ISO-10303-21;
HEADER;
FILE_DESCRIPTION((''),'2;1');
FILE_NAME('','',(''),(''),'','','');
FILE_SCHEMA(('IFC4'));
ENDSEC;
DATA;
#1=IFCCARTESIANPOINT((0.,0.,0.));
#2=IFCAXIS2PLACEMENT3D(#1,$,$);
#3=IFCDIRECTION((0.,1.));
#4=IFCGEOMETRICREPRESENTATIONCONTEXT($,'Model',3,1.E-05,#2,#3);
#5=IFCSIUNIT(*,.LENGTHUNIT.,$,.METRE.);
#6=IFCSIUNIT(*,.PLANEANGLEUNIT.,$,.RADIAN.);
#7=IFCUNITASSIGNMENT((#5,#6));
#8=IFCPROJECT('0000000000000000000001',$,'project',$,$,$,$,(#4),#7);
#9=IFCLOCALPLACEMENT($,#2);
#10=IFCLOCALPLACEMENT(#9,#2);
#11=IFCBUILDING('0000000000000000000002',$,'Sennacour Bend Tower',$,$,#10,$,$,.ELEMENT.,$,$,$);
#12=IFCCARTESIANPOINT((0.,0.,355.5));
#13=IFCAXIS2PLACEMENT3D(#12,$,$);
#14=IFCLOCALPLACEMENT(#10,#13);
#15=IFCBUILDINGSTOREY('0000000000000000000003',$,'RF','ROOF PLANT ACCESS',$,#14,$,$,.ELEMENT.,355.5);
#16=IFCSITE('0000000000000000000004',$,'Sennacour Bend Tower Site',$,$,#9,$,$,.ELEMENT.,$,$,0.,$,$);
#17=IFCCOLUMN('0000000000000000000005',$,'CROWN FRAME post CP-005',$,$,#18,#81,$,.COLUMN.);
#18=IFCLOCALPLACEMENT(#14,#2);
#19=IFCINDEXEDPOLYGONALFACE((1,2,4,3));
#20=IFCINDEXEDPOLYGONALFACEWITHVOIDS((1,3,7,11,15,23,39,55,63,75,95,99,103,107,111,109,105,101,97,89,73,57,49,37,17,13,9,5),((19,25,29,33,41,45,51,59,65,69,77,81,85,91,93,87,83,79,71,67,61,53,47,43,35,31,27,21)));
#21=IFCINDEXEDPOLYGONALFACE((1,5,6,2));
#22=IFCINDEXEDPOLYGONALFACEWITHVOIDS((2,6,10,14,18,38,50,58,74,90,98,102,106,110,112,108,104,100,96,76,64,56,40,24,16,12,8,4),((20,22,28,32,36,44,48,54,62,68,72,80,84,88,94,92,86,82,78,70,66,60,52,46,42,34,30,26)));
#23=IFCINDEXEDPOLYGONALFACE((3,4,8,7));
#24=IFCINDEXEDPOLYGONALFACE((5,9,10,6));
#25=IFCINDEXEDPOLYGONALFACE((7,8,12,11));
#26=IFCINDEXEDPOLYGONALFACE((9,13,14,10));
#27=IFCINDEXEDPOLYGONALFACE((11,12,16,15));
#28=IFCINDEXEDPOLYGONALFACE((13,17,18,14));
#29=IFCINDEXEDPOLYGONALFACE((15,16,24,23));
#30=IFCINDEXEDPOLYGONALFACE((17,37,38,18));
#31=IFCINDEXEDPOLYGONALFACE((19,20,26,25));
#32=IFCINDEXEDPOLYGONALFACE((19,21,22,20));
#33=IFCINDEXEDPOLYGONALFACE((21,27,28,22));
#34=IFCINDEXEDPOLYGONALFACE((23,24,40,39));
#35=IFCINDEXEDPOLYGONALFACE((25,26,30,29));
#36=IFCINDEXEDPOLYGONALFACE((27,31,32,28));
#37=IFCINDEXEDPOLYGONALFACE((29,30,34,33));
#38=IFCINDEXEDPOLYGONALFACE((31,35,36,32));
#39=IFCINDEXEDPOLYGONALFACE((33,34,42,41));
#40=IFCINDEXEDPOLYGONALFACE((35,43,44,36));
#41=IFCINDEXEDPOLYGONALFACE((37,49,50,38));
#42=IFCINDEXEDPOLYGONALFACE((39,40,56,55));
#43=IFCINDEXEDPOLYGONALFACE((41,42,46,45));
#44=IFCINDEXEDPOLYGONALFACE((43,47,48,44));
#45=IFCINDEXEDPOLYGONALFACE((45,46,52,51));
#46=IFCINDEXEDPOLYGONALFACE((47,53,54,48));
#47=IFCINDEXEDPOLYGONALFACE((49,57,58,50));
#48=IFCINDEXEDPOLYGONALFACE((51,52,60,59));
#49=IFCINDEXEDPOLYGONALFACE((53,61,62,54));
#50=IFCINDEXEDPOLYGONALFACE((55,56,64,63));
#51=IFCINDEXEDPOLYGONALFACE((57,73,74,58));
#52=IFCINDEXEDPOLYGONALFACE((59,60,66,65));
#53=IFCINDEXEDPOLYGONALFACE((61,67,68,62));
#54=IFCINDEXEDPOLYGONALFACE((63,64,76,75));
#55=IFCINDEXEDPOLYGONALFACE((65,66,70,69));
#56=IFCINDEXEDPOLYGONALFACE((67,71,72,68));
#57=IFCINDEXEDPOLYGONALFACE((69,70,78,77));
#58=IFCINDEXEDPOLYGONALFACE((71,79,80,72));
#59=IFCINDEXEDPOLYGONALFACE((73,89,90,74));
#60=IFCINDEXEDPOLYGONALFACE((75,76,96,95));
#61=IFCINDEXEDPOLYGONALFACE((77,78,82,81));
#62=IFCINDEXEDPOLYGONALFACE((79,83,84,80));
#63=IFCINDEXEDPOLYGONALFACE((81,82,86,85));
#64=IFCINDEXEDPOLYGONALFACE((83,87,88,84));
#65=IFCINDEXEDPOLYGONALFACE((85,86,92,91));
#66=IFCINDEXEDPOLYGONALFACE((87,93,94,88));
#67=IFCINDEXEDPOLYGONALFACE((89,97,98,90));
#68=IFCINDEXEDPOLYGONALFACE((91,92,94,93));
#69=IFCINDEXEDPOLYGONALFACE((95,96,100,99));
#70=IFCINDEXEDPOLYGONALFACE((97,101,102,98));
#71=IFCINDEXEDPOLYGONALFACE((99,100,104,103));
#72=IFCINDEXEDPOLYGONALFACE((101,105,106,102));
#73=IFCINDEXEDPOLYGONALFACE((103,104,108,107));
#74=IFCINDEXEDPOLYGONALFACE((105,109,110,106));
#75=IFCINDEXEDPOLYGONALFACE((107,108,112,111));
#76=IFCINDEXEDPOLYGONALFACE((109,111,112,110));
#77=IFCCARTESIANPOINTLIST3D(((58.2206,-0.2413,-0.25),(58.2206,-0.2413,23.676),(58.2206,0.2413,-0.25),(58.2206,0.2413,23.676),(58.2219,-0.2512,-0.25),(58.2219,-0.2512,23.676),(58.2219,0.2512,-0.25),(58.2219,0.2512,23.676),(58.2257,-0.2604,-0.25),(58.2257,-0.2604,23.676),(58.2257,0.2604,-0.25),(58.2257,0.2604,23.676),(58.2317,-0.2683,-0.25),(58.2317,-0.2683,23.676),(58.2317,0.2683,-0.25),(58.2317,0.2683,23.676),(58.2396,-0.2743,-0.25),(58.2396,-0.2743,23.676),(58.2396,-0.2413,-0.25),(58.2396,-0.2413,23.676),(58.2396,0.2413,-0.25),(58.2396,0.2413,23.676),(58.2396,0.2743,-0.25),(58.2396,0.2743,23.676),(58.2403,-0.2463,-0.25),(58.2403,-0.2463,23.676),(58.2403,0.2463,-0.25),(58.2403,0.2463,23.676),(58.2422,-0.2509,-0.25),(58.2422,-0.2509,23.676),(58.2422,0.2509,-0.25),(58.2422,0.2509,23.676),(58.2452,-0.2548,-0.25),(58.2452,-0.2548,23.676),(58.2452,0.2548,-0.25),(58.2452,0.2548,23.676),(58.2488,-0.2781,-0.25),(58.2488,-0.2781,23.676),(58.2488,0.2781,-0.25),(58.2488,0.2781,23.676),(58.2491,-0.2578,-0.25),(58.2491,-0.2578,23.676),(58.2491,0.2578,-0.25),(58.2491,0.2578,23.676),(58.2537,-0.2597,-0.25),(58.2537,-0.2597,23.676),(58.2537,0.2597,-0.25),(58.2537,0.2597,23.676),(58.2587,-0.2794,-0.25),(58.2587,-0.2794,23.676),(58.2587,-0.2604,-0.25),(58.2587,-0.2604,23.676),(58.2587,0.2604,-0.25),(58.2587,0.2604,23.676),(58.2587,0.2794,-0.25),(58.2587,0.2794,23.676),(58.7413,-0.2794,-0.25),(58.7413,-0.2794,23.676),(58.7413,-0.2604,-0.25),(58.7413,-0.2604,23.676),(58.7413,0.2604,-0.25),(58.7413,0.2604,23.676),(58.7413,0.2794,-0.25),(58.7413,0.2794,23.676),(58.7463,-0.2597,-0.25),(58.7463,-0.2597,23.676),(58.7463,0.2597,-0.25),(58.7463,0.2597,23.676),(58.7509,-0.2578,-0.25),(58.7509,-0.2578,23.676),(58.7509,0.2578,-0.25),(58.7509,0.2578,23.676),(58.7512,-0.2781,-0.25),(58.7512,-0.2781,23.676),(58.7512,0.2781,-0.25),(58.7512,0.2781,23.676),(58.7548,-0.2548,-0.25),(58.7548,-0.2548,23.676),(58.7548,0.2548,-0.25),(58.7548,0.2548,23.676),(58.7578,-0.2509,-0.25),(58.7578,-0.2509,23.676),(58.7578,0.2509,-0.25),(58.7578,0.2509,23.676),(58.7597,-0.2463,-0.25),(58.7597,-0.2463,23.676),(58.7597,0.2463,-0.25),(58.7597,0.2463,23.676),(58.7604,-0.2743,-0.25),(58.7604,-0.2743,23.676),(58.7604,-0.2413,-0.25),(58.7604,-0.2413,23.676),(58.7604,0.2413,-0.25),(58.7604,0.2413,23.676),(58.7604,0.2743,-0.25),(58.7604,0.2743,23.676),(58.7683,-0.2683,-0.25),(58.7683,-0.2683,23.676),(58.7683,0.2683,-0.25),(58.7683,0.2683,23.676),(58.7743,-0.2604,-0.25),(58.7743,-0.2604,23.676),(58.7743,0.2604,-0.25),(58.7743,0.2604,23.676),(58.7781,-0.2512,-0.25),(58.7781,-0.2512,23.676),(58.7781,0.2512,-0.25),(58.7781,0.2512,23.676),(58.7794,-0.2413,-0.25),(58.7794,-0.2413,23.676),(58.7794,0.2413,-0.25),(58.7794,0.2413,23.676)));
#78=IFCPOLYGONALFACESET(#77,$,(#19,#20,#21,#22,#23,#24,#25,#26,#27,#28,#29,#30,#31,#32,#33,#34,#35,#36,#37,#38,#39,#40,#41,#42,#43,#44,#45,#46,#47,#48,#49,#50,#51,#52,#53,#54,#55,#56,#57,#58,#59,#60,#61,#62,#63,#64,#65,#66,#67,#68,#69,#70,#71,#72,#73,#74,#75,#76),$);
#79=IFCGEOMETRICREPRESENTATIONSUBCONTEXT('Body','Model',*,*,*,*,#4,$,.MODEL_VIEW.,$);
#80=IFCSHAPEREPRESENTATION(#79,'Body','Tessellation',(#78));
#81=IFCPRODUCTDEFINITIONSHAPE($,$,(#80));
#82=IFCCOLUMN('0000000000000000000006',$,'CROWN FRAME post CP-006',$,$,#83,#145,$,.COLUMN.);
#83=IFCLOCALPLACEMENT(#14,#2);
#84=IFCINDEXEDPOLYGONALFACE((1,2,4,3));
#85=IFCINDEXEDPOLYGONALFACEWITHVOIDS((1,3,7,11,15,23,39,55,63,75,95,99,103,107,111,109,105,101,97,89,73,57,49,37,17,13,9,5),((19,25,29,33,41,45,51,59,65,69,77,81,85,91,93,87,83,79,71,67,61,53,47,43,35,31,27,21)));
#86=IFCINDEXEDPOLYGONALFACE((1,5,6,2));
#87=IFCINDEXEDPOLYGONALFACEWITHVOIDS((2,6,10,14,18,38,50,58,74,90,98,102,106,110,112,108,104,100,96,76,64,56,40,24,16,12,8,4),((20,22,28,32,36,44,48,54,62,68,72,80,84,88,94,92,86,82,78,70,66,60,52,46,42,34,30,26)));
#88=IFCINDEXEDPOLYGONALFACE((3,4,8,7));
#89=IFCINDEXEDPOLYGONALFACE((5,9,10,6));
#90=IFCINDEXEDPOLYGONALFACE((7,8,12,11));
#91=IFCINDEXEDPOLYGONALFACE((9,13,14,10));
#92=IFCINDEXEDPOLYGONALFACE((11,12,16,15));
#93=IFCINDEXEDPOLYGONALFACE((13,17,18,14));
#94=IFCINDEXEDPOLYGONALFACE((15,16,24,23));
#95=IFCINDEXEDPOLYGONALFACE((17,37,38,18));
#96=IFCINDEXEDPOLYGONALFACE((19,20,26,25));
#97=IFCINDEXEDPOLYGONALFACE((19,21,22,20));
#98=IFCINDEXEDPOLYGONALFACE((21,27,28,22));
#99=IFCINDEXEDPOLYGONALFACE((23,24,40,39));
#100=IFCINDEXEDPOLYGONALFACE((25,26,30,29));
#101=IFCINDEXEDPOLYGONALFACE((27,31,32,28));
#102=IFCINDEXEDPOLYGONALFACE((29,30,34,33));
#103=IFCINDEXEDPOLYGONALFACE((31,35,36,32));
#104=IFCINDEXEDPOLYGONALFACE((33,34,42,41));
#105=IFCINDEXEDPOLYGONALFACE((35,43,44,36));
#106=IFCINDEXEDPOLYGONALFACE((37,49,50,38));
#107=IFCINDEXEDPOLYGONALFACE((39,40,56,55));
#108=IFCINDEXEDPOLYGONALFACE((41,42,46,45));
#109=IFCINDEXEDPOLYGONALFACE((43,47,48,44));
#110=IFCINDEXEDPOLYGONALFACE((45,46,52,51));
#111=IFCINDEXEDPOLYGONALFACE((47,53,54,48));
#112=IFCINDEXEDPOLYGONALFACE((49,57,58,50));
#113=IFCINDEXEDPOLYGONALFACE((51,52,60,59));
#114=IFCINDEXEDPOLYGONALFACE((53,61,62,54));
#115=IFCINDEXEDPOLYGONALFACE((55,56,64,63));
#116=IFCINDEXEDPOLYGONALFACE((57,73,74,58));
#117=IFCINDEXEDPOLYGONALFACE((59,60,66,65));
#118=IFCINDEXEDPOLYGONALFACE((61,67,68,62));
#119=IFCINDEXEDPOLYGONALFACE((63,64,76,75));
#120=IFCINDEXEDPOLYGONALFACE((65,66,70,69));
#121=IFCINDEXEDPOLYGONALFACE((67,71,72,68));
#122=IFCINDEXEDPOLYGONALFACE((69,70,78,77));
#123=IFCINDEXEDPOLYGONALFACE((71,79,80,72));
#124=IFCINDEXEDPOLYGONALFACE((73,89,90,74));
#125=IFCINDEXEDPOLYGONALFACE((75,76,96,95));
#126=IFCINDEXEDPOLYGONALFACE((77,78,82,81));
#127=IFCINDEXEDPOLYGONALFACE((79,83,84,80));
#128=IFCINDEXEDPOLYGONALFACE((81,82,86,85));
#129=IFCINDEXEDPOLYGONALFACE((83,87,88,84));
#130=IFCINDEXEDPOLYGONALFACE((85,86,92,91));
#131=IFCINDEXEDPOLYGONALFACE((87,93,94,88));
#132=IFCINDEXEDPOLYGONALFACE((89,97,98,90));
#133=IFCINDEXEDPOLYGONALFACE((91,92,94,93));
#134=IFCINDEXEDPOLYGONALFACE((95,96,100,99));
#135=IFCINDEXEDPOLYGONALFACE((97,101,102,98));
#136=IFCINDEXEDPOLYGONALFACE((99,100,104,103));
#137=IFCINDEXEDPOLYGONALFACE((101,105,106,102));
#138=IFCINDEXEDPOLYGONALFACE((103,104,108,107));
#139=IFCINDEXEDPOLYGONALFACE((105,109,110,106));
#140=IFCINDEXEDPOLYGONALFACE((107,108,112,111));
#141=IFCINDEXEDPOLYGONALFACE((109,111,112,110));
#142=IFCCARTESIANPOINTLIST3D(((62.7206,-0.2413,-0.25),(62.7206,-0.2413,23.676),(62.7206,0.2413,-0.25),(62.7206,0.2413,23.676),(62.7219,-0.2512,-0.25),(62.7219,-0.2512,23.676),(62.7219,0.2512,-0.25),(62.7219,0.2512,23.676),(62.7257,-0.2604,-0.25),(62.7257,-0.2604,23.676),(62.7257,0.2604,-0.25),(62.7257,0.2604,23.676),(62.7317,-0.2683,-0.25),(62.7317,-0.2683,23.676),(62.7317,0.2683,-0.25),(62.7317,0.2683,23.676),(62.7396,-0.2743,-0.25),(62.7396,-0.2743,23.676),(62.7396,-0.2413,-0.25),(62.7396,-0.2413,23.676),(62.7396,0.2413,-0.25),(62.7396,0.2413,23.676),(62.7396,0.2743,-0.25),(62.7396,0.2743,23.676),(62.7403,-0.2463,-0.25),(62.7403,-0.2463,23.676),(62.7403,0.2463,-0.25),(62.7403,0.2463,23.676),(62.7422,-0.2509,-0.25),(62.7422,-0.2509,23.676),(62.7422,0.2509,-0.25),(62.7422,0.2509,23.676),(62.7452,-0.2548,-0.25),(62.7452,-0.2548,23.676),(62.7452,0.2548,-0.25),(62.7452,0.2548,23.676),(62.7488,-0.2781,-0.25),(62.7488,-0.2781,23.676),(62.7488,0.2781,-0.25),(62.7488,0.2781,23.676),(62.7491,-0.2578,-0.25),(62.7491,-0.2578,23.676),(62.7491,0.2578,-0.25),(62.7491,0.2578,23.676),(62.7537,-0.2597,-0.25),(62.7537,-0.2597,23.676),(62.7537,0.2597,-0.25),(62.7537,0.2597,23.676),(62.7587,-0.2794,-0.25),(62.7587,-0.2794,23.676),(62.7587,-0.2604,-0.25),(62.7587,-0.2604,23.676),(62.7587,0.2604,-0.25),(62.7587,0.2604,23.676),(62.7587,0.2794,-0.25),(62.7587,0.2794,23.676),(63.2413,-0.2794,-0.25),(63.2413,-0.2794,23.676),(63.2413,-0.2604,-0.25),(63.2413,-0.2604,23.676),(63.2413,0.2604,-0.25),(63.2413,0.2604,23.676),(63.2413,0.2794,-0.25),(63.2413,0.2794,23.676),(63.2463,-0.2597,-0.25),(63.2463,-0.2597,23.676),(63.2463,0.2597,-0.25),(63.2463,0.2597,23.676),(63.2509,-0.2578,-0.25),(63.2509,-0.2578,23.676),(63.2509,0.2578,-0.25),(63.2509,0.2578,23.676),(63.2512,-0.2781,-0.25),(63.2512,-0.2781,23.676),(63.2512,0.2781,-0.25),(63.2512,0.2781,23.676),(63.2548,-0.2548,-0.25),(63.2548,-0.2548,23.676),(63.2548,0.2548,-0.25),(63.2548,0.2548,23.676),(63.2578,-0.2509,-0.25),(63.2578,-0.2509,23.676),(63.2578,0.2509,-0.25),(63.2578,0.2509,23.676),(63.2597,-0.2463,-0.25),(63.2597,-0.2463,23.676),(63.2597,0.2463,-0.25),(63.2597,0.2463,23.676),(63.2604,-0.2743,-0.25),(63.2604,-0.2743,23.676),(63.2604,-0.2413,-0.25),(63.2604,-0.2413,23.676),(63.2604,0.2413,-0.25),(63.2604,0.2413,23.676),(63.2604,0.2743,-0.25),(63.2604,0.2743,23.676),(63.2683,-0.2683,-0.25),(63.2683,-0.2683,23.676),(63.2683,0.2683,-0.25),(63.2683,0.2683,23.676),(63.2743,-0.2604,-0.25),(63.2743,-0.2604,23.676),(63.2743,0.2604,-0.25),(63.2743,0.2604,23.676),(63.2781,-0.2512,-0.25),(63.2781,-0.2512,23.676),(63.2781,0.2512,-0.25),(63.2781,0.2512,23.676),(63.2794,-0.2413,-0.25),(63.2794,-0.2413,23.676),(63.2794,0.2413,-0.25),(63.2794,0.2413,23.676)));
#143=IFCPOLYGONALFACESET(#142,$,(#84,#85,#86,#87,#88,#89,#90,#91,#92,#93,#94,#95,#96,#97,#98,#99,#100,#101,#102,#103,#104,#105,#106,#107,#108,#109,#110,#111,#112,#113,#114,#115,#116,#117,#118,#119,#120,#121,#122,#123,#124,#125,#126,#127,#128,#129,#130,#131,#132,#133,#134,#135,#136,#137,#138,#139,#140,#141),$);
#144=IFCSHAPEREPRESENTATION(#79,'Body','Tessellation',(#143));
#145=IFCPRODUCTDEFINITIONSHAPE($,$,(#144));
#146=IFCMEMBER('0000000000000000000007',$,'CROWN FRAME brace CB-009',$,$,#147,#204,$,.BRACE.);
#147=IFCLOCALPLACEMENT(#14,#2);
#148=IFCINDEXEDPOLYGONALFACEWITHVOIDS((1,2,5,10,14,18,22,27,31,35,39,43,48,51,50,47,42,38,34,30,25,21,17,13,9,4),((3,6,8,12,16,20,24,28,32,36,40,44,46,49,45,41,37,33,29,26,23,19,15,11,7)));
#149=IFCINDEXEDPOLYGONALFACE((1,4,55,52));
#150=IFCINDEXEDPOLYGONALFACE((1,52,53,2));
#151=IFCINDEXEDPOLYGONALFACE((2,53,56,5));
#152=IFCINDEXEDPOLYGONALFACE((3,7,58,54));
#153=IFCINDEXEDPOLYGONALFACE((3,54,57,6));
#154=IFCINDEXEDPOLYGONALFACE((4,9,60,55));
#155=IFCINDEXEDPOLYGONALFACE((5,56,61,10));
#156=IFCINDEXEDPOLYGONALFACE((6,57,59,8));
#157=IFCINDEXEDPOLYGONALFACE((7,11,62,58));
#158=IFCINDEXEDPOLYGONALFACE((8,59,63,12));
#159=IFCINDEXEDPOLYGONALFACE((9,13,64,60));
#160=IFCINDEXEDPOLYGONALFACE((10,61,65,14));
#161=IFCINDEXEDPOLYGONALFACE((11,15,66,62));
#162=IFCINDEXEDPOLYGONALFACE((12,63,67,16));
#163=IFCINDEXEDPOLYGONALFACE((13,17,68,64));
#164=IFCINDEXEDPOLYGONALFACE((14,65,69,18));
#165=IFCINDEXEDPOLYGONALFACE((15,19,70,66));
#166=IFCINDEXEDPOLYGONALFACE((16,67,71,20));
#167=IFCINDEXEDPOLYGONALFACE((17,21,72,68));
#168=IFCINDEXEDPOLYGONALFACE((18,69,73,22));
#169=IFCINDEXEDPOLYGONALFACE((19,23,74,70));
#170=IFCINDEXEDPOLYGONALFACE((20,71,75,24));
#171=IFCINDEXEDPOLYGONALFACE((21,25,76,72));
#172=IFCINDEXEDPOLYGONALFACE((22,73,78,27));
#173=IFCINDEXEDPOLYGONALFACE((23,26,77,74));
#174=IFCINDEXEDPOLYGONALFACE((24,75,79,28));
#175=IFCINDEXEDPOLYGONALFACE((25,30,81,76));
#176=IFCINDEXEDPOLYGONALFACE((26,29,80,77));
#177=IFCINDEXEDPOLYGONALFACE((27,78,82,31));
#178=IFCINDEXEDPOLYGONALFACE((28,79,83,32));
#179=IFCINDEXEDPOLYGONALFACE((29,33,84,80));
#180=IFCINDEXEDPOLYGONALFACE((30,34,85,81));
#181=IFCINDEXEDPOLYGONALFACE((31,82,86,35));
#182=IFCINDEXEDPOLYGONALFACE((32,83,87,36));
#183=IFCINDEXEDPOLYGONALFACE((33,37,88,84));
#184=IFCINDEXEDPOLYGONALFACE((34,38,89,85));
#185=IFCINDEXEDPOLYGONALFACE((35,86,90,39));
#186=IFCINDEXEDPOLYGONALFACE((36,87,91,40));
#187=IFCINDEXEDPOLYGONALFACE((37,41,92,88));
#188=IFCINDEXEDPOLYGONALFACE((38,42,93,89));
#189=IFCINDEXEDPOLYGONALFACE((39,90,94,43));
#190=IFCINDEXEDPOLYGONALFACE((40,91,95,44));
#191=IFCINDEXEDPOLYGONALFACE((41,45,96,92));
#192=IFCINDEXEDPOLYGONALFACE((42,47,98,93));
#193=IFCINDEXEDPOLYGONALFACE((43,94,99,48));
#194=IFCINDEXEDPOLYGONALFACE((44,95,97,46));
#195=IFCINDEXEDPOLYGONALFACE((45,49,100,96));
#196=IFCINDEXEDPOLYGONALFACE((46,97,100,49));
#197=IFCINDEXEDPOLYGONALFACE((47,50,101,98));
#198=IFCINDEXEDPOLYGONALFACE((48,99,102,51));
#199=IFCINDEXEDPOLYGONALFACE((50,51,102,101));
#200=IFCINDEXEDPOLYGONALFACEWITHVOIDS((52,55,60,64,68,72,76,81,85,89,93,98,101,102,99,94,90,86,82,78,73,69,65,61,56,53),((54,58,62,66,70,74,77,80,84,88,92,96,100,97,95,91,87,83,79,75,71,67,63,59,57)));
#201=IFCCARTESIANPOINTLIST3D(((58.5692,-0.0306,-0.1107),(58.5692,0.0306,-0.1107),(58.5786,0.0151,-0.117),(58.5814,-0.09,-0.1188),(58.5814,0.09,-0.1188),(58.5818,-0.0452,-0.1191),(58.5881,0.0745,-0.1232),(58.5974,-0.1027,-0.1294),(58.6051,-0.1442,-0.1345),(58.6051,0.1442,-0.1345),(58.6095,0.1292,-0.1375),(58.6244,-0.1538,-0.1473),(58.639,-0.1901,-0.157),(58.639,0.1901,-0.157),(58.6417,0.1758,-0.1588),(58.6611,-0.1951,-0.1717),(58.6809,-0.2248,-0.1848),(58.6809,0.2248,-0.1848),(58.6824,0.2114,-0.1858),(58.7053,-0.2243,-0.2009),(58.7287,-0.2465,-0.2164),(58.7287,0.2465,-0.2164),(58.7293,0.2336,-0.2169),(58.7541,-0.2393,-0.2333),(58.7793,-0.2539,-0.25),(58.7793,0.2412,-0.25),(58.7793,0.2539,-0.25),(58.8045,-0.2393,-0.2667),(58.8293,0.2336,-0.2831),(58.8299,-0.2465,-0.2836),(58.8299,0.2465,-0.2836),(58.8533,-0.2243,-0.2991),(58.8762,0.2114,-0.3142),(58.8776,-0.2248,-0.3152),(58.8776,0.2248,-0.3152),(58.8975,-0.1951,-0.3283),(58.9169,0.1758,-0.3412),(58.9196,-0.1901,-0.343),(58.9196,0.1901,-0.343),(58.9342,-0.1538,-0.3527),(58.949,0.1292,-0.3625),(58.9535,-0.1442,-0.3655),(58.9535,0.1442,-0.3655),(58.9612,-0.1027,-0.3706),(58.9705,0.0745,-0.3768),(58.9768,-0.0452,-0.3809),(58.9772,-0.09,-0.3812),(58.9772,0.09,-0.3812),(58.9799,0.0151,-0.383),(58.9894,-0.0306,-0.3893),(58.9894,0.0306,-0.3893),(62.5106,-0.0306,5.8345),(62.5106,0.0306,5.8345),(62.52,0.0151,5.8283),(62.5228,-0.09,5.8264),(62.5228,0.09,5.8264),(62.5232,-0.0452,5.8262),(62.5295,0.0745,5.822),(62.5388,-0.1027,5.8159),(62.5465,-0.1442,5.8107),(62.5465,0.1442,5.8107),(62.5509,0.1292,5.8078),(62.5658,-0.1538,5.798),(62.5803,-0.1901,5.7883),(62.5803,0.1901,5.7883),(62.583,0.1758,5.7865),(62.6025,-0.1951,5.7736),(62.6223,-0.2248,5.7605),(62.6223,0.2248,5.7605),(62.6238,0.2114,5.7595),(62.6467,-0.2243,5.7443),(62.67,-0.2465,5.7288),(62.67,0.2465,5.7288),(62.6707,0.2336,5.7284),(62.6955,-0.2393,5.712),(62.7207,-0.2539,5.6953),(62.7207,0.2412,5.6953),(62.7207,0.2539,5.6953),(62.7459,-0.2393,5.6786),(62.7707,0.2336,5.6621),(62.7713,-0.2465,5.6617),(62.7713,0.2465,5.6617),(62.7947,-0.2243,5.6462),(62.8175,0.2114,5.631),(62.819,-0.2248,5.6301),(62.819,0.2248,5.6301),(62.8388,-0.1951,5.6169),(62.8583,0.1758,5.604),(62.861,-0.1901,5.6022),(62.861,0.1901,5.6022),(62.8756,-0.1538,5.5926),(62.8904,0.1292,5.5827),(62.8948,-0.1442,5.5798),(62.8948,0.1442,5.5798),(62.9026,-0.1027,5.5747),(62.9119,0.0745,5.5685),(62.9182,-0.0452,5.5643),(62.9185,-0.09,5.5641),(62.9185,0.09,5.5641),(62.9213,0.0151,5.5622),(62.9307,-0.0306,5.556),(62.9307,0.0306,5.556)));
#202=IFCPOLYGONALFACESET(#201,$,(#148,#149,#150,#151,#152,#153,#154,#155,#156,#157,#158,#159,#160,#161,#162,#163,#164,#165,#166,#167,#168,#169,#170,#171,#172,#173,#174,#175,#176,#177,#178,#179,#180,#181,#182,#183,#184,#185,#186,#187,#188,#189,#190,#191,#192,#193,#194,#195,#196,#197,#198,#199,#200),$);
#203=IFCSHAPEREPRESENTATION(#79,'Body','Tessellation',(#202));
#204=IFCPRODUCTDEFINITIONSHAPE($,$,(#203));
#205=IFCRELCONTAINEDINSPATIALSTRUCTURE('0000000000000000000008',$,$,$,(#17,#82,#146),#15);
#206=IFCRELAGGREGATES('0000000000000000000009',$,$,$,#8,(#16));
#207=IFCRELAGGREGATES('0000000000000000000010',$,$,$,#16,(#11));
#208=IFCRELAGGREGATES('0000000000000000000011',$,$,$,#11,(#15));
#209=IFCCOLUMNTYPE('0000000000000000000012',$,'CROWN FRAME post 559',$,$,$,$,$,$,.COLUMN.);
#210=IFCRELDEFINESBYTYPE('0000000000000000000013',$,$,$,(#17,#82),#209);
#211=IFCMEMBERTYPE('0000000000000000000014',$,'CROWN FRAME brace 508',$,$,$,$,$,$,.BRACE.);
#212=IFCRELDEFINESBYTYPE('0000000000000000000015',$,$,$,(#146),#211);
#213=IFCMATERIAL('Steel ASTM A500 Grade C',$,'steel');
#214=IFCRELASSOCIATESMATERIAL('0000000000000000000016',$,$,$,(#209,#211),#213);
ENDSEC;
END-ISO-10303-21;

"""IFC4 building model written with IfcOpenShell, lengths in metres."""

from ifc_helpers import new_model, si_unit, direction, frame, origin, origin_2d, place, context, subcontext, project, spatial, hollow_rectangle, hollow_circle, extrude, material, material_profile, profile_set, type_object, element, save


model = new_model("IFC4")

# Units and contexts
model_context = context("Model", 3, precision=1e-05, world=origin(), true_north=direction((0.0, 1.0)))
body_context = subcontext(model_context, "Body", "Model", "MODEL_VIEW")
ifc_project = project(units=[si_unit("LENGTHUNIT", "METRE"), si_unit("PLANEANGLEUNIT", "RADIAN")], contexts=[model_context])

# Site, building, storey
site_placement = place(None, origin())
site = spatial("IfcSite", under=ifc_project, at=site_placement, Name="Sennacour Bend Tower Site", CompositionType="ELEMENT", RefElevation=0.0)
building_placement = place(site_placement, origin())
building = spatial("IfcBuilding", under=site, at=building_placement, Name="Sennacour Bend Tower", CompositionType="ELEMENT")
storey_placement = place(building_placement, frame((0.0, 0.0, 355.5)))
storey = spatial("IfcBuildingStorey", under=building, at=storey_placement, Name="RF", Description="ROOF PLANT ACCESS", CompositionType="ELEMENT", Elevation=355.5)

# Columns
ifc_material_1 = material(Name="Steel ASTM A500 Grade C", Category="steel")
ifc_material_profile_1 = material_profile(ifc_material_1, hollow_rectangle(XDim=0.5588, YDim=0.5588, WallThickness=0.019, InnerFilletRadius=0.019, OuterFilletRadius=0.0381, at=origin_2d()), Name="Steel ASTM A500 Grade C", Category="steel")
ifc_profile_set_1 = profile_set([ifc_material_profile_1], Name="Steel ASTM A500 Grade C")
column_type = type_object("IfcColumnType", Name="CROWN FRAME post 559", PredefinedType="COLUMN", material=ifc_profile_set_1)
for number, where, z_axis, x_axis, name in (
    (1, (58.5, 0.0, -0.25), (0.0, 0.0, 1.0), (1.0, 0.0, 0.0), "CROWN FRAME post CP-005"),
    (2, (63.0, 0.0, -0.25), (0.0, 0.0, 1.0), (1.0, 0.0, 0.0), "CROWN FRAME post CP-006"),
):
    element("IfcColumn", number, at=place(storey_placement, frame(where, z_axis=z_axis, x_axis=x_axis)), inside=storey, type_object=column_type, Name=name, PredefinedType="COLUMN", context=body_context, shape_type="SweptSolid", body=[
        extrude(hollow_rectangle(XDim=0.5588, YDim=0.5588, WallThickness=0.019, InnerFilletRadius=0.019, OuterFilletRadius=0.0381, at=origin_2d()), origin(), (0.0, 0.0, 1.0), 23.926),
    ])

# Member
ifc_material_profile_2 = material_profile(ifc_material_1, hollow_circle(Radius=0.2539, WallThickness=0.0127, at=origin_2d()), Name="Steel ASTM A500 Grade C", Category="steel")
ifc_profile_set_2 = profile_set([ifc_material_profile_2], Name="Steel ASTM A500 Grade C")
member_type_1 = type_object("IfcMemberType", Name="CROWN FRAME brace 508", PredefinedType="BRACE", material=ifc_profile_set_2)
member_1_placement = place(storey_placement, frame((58.7793, 0.0, -0.25), z_axis=(0.55255, 0.0, 0.83348), x_axis=(0.0, 1.0, 0.0)))
element("IfcMember", 3, at=member_1_placement, inside=storey, type_object=member_type_1, Name="CROWN FRAME brace CB-009", PredefinedType="BRACE", context=body_context, shape_type="SweptSolid", body=[
    extrude(hollow_circle(Radius=0.2539, WallThickness=0.0127, at=origin_2d()), origin(), (0.0, 0.0, 1.0), 7.1331),
])

save(model, "model.ifc")
